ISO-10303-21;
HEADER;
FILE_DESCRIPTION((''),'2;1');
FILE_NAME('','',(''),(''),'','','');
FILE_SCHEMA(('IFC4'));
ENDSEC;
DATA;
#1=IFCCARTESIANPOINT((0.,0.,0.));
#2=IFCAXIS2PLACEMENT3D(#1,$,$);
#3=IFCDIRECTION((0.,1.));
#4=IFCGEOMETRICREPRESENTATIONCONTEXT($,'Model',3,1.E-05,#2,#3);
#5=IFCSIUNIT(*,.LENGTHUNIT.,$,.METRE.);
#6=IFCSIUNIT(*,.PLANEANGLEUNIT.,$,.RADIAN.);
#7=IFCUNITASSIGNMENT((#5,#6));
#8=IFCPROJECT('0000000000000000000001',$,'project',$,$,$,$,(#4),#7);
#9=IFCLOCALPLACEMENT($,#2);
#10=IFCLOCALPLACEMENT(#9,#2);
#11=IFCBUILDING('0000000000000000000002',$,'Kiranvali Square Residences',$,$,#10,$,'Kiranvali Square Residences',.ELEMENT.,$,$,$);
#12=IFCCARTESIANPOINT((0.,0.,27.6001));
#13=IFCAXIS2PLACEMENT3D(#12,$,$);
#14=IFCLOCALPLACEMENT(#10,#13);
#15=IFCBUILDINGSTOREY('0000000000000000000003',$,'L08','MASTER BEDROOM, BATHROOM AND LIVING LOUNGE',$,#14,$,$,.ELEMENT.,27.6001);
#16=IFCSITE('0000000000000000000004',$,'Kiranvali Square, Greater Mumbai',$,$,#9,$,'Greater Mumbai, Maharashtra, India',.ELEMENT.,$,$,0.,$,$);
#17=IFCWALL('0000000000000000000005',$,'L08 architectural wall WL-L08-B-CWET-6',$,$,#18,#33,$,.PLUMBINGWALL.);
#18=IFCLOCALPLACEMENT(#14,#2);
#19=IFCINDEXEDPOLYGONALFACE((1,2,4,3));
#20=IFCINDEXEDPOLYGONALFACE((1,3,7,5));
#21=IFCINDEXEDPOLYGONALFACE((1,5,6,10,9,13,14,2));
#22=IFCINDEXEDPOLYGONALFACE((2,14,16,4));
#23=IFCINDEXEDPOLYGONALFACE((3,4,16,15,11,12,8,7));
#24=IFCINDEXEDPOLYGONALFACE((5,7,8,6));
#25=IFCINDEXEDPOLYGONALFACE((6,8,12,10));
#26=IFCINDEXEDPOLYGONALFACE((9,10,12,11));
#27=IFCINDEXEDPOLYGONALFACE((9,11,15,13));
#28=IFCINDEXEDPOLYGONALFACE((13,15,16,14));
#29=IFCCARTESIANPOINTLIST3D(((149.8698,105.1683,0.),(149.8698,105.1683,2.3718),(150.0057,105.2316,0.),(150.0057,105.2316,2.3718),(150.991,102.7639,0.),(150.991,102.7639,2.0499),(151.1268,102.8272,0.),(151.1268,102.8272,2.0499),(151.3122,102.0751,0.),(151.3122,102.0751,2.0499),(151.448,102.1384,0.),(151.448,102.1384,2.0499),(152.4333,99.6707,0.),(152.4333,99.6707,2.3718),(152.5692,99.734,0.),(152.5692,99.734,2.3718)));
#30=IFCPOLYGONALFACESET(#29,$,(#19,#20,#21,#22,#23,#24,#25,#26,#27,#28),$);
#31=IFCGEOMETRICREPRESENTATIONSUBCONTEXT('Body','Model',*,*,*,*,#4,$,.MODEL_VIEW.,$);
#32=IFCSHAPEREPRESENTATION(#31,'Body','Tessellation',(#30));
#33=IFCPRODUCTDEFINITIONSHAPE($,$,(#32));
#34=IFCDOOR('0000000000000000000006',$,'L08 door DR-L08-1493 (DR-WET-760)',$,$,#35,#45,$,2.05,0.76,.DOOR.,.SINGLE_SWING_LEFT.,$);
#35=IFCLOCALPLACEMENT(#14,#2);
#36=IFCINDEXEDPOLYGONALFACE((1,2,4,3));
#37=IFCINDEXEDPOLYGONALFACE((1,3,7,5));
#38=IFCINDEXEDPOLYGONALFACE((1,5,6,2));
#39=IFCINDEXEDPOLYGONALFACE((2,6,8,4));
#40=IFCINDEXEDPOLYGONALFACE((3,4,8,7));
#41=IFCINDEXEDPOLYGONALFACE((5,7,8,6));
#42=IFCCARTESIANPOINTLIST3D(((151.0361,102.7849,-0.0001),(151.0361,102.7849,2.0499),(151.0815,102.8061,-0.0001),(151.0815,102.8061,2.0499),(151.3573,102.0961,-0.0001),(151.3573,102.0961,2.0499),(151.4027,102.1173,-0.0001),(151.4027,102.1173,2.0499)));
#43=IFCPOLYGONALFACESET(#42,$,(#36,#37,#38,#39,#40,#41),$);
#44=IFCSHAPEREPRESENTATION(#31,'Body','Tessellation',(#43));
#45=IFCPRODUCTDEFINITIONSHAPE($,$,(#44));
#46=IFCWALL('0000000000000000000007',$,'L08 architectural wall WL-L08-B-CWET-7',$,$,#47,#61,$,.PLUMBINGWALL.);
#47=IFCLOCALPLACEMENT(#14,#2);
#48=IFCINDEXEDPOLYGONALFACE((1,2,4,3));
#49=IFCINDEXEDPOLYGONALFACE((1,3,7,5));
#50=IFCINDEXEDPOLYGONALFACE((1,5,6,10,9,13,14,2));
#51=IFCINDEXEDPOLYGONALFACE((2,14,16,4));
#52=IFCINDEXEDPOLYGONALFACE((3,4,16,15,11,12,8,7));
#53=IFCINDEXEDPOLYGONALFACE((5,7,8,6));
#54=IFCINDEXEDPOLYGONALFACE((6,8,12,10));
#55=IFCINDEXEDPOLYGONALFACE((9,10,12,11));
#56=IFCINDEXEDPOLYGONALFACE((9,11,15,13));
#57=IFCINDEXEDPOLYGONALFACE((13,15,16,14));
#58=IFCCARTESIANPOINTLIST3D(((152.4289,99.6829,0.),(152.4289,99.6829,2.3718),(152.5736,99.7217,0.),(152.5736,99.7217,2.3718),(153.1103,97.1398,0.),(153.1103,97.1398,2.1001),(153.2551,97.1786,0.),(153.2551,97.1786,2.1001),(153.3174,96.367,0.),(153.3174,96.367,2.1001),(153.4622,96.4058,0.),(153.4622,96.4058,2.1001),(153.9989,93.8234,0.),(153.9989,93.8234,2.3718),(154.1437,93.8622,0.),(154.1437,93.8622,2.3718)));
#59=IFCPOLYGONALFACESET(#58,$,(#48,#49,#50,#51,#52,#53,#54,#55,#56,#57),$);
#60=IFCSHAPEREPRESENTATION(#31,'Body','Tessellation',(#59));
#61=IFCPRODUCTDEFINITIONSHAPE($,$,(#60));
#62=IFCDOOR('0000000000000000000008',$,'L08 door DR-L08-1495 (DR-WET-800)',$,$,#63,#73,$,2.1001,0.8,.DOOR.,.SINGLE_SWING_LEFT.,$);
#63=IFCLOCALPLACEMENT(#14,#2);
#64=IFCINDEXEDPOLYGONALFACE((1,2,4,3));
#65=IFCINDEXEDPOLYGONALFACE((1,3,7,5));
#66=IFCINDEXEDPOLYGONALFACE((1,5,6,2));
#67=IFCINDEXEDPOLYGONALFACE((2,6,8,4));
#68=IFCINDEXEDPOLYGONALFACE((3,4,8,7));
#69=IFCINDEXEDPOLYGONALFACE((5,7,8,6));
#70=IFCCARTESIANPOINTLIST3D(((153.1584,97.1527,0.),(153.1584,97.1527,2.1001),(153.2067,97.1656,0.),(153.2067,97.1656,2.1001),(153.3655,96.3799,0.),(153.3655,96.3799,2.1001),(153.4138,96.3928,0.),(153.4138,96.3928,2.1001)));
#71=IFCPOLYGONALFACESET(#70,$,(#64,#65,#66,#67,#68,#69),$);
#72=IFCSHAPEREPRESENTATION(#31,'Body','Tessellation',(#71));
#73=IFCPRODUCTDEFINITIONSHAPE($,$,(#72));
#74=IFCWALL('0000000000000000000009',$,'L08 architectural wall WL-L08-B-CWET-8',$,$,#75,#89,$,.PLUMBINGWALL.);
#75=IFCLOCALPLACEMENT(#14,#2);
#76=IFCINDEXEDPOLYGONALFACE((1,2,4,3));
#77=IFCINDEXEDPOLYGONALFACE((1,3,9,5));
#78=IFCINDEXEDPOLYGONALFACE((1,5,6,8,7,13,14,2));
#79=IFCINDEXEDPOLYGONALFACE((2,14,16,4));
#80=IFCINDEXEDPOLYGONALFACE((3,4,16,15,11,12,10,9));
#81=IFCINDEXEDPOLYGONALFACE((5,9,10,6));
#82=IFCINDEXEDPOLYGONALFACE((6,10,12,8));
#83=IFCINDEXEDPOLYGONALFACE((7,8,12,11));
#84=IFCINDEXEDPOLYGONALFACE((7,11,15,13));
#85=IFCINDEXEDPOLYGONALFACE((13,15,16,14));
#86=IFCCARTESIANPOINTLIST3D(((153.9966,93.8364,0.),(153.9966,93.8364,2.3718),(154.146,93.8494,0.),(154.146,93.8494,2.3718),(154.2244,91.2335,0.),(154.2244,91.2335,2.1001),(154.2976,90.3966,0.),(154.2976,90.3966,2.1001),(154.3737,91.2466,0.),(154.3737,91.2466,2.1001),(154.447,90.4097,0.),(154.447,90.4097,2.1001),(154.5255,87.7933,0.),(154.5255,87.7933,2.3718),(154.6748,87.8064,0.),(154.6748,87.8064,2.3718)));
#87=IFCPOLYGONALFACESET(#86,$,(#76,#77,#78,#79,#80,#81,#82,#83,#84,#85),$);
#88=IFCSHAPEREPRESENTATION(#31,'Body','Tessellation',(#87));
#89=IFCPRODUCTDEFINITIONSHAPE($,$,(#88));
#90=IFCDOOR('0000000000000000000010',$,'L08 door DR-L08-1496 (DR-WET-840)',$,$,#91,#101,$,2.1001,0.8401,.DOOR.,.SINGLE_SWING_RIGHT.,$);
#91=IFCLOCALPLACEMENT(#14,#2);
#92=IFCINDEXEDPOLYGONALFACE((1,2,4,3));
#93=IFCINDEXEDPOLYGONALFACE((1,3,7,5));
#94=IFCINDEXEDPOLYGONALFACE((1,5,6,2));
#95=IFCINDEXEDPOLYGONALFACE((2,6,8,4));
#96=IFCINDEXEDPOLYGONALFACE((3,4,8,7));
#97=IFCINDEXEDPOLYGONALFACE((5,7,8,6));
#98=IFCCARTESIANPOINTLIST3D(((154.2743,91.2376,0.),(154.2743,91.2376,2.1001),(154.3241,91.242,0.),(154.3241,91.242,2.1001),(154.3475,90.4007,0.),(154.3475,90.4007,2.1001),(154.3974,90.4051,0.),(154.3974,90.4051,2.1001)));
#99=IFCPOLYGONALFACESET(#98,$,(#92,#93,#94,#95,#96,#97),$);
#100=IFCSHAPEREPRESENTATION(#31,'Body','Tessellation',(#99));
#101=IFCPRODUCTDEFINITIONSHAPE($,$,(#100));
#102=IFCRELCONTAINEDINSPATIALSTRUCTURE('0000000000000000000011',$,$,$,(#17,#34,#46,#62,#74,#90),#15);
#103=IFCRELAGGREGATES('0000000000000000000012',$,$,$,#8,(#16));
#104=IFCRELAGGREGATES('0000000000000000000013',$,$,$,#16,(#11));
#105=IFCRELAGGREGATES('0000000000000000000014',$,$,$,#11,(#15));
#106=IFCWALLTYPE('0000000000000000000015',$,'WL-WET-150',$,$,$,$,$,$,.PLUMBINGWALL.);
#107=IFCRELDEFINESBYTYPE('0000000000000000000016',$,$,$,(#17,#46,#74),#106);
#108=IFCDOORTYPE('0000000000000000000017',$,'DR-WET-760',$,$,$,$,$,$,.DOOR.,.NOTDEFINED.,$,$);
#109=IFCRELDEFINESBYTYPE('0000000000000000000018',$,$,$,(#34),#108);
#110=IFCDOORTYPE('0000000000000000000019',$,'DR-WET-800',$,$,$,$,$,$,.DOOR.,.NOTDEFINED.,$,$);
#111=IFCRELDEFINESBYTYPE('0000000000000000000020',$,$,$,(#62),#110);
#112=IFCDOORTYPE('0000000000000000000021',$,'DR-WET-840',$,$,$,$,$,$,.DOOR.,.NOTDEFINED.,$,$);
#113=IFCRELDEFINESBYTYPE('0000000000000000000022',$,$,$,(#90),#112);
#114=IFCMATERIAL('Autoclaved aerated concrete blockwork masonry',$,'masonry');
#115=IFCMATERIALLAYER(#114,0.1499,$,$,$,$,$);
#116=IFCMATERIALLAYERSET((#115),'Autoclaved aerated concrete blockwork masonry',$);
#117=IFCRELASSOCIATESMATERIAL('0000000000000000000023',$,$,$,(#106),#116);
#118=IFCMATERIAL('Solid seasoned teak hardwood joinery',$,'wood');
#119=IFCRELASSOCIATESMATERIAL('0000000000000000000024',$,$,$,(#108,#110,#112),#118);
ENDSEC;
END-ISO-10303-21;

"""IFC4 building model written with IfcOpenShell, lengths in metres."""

from ifc_helpers import new_model, si_unit, direction, frame, frame_2d, origin, place, context, subcontext, project, spatial, rectangle, extrude, material, layer, layer_set, type_object, element, fill, save


model = new_model("IFC4")

# Units and contexts
model_context = context("Model", 3, precision=1e-05, world=origin(), true_north=direction((0.0, 1.0)))
body_context = subcontext(model_context, "Body", "Model", "MODEL_VIEW")
ifc_project = project(units=[si_unit("LENGTHUNIT", "METRE"), si_unit("PLANEANGLEUNIT", "RADIAN")], contexts=[model_context])

# Site, building, storey
site_placement = place(None, origin())
site = spatial("IfcSite", under=ifc_project, at=site_placement, Name="Kiranvali Square, Greater Mumbai", LongName="Greater Mumbai, Maharashtra, India", CompositionType="ELEMENT", RefElevation=0.0)
building_placement = place(site_placement, origin())
building = spatial("IfcBuilding", under=site, at=building_placement, Name="Kiranvali Square Residences", LongName="Kiranvali Square Residences", CompositionType="ELEMENT")
storey_placement = place(building_placement, frame((0.0, 0.0, 27.6001)))
storey = spatial("IfcBuildingStorey", under=building, at=storey_placement, Name="L08", Description="MASTER BEDROOM, BATHROOM AND LIVING LOUNGE", CompositionType="ELEMENT", Elevation=27.6001)

# Walls, openings, doors
ifc_material_1 = material(Name="Autoclaved aerated concrete blockwork masonry", Category="masonry")
ifc_layer = layer(ifc_material_1, 0.1499)
ifc_layer_set = layer_set([ifc_layer], Name="Autoclaved aerated concrete blockwork masonry")
wall_type = type_object("IfcWallType", Name="WL-WET-150", PredefinedType="PLUMBINGWALL", material=ifc_layer_set)
wall_1_placement = place(storey_placement, frame((149.9377, 105.2, 0.0), z_axis=(0.0, 0.0, 1.0), x_axis=(0.422608, -0.906313, 0.0)))
wall_1 = element("IfcWall", 1, at=wall_1_placement, inside=storey, type_object=wall_type, Name="L08 architectural wall WL-L08-B-CWET-6", PredefinedType="PLUMBINGWALL", context=body_context, shape_type="SweptSolid", body=[
    extrude(rectangle(XDim=6.0659, YDim=0.1499, at=frame_2d((3.033, 0.0))), origin(), (0.0, 0.0, 1.0), 2.3718),
])
opening_1_placement = place(wall_1_placement, frame((2.6531, 0.0, 0.0)))
opening_1 = element("IfcOpeningElement", 2, at=opening_1_placement, cuts=wall_1, PredefinedType="OPENING", context=body_context, shape_type="SweptSolid", body=[
    extrude(rectangle(XDim=0.76, YDim=2.05, at=frame_2d((0.3799, 1.0249))), frame((0.0, 0.085, 0.0), z_axis=(0.0, -1.0, 0.0), x_axis=(1.0, 0.0, 0.0)), (0.0, 0.0, 1.0), 0.1699),
])
ifc_material_2 = material(Name="Solid seasoned teak hardwood joinery", Category="wood")
door_type_1 = type_object("IfcDoorType", Name="DR-WET-760", OperationType="NOTDEFINED", PredefinedType="DOOR", material=ifc_material_2)
door_1_placement = place(opening_1_placement, origin())
door_1 = element("IfcDoor", 3, at=door_1_placement, inside=storey, type_object=door_type_1, Name="L08 door DR-L08-1493 (DR-WET-760)", OperationType="SINGLE_SWING_LEFT", OverallHeight=2.05, OverallWidth=0.76, PredefinedType="DOOR", context=body_context, shape_type="SweptSolid", body=[
    extrude(rectangle(XDim=0.76, YDim=2.05, at=frame_2d((0.3799, 1.0249))), frame((0.0, 0.0249, 0.0), z_axis=(0.0, -1.0, 0.0), x_axis=(1.0, 0.0, 0.0)), (0.0, 0.0, 1.0), 0.05),
])
fill(opening_1, door_1)
wall_2_placement = place(storey_placement, frame((152.5012, 99.7024, 0.0), z_axis=(0.0, 0.0, 1.0), x_axis=(0.258827, -0.965924, 0.0)))
wall_2 = element("IfcWall", 4, at=wall_2_placement, inside=storey, type_object=wall_type, Name="L08 architectural wall WL-L08-B-CWET-7", PredefinedType="PLUMBINGWALL", context=body_context, shape_type="SweptSolid", body=[
    extrude(rectangle(XDim=6.0662, YDim=0.1499, at=frame_2d((3.0332, 0.0))), origin(), (0.0, 0.0, 1.0), 2.3718),
])
opening_2_placement = place(wall_2_placement, frame((2.6331, 0.0, 0.0)))
opening_2 = element("IfcOpeningElement", 5, at=opening_2_placement, cuts=wall_2, PredefinedType="OPENING", context=body_context, shape_type="SweptSolid", body=[
    extrude(rectangle(XDim=0.8, YDim=2.1001, at=frame_2d((0.3999, 1.05))), frame((0.0, 0.085, 0.0), z_axis=(0.0, -1.0, 0.0), x_axis=(1.0, 0.0, 0.0)), (0.0, 0.0, 1.0), 0.1699),
])
door_type_2 = type_object("IfcDoorType", Name="DR-WET-800", OperationType="NOTDEFINED", PredefinedType="DOOR", material=ifc_material_2)
door_2_placement = place(opening_2_placement, origin())
door_2 = element("IfcDoor", 6, at=door_2_placement, inside=storey, type_object=door_type_2, Name="L08 door DR-L08-1495 (DR-WET-800)", OperationType="SINGLE_SWING_LEFT", OverallHeight=2.1001, OverallWidth=0.8, PredefinedType="DOOR", context=body_context, shape_type="SweptSolid", body=[
    extrude(rectangle(XDim=0.8, YDim=2.1001, at=frame_2d((0.3999, 1.05))), frame((0.0, 0.0249, 0.0), z_axis=(0.0, -1.0, 0.0), x_axis=(1.0, 0.0, 0.0)), (0.0, 0.0, 1.0), 0.05),
])
fill(opening_2, door_2)
wall_3_placement = place(storey_placement, frame((154.0713, 93.843, 0.0), z_axis=(0.0, 0.0, 1.0), x_axis=(0.087175, -0.996193, 0.0)))
wall_3 = element("IfcWall", 7, at=wall_3_placement, inside=storey, type_object=wall_type, Name="L08 architectural wall WL-L08-B-CWET-8", PredefinedType="PLUMBINGWALL", context=body_context, shape_type="SweptSolid", body=[
    extrude(rectangle(XDim=6.0662, YDim=0.1499, at=frame_2d((3.0332, 0.0))), origin(), (0.0, 0.0, 1.0), 2.3718),
])
opening_3_placement = place(wall_3_placement, frame((2.613, 0.0, 0.0)))
opening_3 = element("IfcOpeningElement", 8, at=opening_3_placement, cuts=wall_3, PredefinedType="OPENING", context=body_context, shape_type="SweptSolid", body=[
    extrude(rectangle(XDim=0.8401, YDim=2.1001, at=frame_2d((0.4199, 1.05))), frame((0.0, 0.085, 0.0), z_axis=(0.0, -1.0, 0.0), x_axis=(1.0, 0.0, 0.0)), (0.0, 0.0, 1.0), 0.1699),
])
door_type_3 = type_object("IfcDoorType", Name="DR-WET-840", OperationType="NOTDEFINED", PredefinedType="DOOR", material=ifc_material_2)
door_3_placement = place(opening_3_placement, frame((0.8401, 0.0, 0.0), z_axis=(0.0, 0.0, 1.0), x_axis=(-1.0, 0.0, 0.0)))
door_3 = element("IfcDoor", 9, at=door_3_placement, inside=storey, type_object=door_type_3, Name="L08 door DR-L08-1496 (DR-WET-840)", OperationType="SINGLE_SWING_RIGHT", OverallHeight=2.1001, OverallWidth=0.8401, PredefinedType="DOOR", context=body_context, shape_type="SweptSolid", body=[
    extrude(rectangle(XDim=0.8401, YDim=2.1001, at=frame_2d((0.4199, 1.05))), frame((0.0, 0.0249, 0.0), z_axis=(0.0, -1.0, 0.0), x_axis=(1.0, 0.0, 0.0)), (0.0, 0.0, 1.0), 0.05),
])
fill(opening_3, door_3)

save(model, "model.ifc")
